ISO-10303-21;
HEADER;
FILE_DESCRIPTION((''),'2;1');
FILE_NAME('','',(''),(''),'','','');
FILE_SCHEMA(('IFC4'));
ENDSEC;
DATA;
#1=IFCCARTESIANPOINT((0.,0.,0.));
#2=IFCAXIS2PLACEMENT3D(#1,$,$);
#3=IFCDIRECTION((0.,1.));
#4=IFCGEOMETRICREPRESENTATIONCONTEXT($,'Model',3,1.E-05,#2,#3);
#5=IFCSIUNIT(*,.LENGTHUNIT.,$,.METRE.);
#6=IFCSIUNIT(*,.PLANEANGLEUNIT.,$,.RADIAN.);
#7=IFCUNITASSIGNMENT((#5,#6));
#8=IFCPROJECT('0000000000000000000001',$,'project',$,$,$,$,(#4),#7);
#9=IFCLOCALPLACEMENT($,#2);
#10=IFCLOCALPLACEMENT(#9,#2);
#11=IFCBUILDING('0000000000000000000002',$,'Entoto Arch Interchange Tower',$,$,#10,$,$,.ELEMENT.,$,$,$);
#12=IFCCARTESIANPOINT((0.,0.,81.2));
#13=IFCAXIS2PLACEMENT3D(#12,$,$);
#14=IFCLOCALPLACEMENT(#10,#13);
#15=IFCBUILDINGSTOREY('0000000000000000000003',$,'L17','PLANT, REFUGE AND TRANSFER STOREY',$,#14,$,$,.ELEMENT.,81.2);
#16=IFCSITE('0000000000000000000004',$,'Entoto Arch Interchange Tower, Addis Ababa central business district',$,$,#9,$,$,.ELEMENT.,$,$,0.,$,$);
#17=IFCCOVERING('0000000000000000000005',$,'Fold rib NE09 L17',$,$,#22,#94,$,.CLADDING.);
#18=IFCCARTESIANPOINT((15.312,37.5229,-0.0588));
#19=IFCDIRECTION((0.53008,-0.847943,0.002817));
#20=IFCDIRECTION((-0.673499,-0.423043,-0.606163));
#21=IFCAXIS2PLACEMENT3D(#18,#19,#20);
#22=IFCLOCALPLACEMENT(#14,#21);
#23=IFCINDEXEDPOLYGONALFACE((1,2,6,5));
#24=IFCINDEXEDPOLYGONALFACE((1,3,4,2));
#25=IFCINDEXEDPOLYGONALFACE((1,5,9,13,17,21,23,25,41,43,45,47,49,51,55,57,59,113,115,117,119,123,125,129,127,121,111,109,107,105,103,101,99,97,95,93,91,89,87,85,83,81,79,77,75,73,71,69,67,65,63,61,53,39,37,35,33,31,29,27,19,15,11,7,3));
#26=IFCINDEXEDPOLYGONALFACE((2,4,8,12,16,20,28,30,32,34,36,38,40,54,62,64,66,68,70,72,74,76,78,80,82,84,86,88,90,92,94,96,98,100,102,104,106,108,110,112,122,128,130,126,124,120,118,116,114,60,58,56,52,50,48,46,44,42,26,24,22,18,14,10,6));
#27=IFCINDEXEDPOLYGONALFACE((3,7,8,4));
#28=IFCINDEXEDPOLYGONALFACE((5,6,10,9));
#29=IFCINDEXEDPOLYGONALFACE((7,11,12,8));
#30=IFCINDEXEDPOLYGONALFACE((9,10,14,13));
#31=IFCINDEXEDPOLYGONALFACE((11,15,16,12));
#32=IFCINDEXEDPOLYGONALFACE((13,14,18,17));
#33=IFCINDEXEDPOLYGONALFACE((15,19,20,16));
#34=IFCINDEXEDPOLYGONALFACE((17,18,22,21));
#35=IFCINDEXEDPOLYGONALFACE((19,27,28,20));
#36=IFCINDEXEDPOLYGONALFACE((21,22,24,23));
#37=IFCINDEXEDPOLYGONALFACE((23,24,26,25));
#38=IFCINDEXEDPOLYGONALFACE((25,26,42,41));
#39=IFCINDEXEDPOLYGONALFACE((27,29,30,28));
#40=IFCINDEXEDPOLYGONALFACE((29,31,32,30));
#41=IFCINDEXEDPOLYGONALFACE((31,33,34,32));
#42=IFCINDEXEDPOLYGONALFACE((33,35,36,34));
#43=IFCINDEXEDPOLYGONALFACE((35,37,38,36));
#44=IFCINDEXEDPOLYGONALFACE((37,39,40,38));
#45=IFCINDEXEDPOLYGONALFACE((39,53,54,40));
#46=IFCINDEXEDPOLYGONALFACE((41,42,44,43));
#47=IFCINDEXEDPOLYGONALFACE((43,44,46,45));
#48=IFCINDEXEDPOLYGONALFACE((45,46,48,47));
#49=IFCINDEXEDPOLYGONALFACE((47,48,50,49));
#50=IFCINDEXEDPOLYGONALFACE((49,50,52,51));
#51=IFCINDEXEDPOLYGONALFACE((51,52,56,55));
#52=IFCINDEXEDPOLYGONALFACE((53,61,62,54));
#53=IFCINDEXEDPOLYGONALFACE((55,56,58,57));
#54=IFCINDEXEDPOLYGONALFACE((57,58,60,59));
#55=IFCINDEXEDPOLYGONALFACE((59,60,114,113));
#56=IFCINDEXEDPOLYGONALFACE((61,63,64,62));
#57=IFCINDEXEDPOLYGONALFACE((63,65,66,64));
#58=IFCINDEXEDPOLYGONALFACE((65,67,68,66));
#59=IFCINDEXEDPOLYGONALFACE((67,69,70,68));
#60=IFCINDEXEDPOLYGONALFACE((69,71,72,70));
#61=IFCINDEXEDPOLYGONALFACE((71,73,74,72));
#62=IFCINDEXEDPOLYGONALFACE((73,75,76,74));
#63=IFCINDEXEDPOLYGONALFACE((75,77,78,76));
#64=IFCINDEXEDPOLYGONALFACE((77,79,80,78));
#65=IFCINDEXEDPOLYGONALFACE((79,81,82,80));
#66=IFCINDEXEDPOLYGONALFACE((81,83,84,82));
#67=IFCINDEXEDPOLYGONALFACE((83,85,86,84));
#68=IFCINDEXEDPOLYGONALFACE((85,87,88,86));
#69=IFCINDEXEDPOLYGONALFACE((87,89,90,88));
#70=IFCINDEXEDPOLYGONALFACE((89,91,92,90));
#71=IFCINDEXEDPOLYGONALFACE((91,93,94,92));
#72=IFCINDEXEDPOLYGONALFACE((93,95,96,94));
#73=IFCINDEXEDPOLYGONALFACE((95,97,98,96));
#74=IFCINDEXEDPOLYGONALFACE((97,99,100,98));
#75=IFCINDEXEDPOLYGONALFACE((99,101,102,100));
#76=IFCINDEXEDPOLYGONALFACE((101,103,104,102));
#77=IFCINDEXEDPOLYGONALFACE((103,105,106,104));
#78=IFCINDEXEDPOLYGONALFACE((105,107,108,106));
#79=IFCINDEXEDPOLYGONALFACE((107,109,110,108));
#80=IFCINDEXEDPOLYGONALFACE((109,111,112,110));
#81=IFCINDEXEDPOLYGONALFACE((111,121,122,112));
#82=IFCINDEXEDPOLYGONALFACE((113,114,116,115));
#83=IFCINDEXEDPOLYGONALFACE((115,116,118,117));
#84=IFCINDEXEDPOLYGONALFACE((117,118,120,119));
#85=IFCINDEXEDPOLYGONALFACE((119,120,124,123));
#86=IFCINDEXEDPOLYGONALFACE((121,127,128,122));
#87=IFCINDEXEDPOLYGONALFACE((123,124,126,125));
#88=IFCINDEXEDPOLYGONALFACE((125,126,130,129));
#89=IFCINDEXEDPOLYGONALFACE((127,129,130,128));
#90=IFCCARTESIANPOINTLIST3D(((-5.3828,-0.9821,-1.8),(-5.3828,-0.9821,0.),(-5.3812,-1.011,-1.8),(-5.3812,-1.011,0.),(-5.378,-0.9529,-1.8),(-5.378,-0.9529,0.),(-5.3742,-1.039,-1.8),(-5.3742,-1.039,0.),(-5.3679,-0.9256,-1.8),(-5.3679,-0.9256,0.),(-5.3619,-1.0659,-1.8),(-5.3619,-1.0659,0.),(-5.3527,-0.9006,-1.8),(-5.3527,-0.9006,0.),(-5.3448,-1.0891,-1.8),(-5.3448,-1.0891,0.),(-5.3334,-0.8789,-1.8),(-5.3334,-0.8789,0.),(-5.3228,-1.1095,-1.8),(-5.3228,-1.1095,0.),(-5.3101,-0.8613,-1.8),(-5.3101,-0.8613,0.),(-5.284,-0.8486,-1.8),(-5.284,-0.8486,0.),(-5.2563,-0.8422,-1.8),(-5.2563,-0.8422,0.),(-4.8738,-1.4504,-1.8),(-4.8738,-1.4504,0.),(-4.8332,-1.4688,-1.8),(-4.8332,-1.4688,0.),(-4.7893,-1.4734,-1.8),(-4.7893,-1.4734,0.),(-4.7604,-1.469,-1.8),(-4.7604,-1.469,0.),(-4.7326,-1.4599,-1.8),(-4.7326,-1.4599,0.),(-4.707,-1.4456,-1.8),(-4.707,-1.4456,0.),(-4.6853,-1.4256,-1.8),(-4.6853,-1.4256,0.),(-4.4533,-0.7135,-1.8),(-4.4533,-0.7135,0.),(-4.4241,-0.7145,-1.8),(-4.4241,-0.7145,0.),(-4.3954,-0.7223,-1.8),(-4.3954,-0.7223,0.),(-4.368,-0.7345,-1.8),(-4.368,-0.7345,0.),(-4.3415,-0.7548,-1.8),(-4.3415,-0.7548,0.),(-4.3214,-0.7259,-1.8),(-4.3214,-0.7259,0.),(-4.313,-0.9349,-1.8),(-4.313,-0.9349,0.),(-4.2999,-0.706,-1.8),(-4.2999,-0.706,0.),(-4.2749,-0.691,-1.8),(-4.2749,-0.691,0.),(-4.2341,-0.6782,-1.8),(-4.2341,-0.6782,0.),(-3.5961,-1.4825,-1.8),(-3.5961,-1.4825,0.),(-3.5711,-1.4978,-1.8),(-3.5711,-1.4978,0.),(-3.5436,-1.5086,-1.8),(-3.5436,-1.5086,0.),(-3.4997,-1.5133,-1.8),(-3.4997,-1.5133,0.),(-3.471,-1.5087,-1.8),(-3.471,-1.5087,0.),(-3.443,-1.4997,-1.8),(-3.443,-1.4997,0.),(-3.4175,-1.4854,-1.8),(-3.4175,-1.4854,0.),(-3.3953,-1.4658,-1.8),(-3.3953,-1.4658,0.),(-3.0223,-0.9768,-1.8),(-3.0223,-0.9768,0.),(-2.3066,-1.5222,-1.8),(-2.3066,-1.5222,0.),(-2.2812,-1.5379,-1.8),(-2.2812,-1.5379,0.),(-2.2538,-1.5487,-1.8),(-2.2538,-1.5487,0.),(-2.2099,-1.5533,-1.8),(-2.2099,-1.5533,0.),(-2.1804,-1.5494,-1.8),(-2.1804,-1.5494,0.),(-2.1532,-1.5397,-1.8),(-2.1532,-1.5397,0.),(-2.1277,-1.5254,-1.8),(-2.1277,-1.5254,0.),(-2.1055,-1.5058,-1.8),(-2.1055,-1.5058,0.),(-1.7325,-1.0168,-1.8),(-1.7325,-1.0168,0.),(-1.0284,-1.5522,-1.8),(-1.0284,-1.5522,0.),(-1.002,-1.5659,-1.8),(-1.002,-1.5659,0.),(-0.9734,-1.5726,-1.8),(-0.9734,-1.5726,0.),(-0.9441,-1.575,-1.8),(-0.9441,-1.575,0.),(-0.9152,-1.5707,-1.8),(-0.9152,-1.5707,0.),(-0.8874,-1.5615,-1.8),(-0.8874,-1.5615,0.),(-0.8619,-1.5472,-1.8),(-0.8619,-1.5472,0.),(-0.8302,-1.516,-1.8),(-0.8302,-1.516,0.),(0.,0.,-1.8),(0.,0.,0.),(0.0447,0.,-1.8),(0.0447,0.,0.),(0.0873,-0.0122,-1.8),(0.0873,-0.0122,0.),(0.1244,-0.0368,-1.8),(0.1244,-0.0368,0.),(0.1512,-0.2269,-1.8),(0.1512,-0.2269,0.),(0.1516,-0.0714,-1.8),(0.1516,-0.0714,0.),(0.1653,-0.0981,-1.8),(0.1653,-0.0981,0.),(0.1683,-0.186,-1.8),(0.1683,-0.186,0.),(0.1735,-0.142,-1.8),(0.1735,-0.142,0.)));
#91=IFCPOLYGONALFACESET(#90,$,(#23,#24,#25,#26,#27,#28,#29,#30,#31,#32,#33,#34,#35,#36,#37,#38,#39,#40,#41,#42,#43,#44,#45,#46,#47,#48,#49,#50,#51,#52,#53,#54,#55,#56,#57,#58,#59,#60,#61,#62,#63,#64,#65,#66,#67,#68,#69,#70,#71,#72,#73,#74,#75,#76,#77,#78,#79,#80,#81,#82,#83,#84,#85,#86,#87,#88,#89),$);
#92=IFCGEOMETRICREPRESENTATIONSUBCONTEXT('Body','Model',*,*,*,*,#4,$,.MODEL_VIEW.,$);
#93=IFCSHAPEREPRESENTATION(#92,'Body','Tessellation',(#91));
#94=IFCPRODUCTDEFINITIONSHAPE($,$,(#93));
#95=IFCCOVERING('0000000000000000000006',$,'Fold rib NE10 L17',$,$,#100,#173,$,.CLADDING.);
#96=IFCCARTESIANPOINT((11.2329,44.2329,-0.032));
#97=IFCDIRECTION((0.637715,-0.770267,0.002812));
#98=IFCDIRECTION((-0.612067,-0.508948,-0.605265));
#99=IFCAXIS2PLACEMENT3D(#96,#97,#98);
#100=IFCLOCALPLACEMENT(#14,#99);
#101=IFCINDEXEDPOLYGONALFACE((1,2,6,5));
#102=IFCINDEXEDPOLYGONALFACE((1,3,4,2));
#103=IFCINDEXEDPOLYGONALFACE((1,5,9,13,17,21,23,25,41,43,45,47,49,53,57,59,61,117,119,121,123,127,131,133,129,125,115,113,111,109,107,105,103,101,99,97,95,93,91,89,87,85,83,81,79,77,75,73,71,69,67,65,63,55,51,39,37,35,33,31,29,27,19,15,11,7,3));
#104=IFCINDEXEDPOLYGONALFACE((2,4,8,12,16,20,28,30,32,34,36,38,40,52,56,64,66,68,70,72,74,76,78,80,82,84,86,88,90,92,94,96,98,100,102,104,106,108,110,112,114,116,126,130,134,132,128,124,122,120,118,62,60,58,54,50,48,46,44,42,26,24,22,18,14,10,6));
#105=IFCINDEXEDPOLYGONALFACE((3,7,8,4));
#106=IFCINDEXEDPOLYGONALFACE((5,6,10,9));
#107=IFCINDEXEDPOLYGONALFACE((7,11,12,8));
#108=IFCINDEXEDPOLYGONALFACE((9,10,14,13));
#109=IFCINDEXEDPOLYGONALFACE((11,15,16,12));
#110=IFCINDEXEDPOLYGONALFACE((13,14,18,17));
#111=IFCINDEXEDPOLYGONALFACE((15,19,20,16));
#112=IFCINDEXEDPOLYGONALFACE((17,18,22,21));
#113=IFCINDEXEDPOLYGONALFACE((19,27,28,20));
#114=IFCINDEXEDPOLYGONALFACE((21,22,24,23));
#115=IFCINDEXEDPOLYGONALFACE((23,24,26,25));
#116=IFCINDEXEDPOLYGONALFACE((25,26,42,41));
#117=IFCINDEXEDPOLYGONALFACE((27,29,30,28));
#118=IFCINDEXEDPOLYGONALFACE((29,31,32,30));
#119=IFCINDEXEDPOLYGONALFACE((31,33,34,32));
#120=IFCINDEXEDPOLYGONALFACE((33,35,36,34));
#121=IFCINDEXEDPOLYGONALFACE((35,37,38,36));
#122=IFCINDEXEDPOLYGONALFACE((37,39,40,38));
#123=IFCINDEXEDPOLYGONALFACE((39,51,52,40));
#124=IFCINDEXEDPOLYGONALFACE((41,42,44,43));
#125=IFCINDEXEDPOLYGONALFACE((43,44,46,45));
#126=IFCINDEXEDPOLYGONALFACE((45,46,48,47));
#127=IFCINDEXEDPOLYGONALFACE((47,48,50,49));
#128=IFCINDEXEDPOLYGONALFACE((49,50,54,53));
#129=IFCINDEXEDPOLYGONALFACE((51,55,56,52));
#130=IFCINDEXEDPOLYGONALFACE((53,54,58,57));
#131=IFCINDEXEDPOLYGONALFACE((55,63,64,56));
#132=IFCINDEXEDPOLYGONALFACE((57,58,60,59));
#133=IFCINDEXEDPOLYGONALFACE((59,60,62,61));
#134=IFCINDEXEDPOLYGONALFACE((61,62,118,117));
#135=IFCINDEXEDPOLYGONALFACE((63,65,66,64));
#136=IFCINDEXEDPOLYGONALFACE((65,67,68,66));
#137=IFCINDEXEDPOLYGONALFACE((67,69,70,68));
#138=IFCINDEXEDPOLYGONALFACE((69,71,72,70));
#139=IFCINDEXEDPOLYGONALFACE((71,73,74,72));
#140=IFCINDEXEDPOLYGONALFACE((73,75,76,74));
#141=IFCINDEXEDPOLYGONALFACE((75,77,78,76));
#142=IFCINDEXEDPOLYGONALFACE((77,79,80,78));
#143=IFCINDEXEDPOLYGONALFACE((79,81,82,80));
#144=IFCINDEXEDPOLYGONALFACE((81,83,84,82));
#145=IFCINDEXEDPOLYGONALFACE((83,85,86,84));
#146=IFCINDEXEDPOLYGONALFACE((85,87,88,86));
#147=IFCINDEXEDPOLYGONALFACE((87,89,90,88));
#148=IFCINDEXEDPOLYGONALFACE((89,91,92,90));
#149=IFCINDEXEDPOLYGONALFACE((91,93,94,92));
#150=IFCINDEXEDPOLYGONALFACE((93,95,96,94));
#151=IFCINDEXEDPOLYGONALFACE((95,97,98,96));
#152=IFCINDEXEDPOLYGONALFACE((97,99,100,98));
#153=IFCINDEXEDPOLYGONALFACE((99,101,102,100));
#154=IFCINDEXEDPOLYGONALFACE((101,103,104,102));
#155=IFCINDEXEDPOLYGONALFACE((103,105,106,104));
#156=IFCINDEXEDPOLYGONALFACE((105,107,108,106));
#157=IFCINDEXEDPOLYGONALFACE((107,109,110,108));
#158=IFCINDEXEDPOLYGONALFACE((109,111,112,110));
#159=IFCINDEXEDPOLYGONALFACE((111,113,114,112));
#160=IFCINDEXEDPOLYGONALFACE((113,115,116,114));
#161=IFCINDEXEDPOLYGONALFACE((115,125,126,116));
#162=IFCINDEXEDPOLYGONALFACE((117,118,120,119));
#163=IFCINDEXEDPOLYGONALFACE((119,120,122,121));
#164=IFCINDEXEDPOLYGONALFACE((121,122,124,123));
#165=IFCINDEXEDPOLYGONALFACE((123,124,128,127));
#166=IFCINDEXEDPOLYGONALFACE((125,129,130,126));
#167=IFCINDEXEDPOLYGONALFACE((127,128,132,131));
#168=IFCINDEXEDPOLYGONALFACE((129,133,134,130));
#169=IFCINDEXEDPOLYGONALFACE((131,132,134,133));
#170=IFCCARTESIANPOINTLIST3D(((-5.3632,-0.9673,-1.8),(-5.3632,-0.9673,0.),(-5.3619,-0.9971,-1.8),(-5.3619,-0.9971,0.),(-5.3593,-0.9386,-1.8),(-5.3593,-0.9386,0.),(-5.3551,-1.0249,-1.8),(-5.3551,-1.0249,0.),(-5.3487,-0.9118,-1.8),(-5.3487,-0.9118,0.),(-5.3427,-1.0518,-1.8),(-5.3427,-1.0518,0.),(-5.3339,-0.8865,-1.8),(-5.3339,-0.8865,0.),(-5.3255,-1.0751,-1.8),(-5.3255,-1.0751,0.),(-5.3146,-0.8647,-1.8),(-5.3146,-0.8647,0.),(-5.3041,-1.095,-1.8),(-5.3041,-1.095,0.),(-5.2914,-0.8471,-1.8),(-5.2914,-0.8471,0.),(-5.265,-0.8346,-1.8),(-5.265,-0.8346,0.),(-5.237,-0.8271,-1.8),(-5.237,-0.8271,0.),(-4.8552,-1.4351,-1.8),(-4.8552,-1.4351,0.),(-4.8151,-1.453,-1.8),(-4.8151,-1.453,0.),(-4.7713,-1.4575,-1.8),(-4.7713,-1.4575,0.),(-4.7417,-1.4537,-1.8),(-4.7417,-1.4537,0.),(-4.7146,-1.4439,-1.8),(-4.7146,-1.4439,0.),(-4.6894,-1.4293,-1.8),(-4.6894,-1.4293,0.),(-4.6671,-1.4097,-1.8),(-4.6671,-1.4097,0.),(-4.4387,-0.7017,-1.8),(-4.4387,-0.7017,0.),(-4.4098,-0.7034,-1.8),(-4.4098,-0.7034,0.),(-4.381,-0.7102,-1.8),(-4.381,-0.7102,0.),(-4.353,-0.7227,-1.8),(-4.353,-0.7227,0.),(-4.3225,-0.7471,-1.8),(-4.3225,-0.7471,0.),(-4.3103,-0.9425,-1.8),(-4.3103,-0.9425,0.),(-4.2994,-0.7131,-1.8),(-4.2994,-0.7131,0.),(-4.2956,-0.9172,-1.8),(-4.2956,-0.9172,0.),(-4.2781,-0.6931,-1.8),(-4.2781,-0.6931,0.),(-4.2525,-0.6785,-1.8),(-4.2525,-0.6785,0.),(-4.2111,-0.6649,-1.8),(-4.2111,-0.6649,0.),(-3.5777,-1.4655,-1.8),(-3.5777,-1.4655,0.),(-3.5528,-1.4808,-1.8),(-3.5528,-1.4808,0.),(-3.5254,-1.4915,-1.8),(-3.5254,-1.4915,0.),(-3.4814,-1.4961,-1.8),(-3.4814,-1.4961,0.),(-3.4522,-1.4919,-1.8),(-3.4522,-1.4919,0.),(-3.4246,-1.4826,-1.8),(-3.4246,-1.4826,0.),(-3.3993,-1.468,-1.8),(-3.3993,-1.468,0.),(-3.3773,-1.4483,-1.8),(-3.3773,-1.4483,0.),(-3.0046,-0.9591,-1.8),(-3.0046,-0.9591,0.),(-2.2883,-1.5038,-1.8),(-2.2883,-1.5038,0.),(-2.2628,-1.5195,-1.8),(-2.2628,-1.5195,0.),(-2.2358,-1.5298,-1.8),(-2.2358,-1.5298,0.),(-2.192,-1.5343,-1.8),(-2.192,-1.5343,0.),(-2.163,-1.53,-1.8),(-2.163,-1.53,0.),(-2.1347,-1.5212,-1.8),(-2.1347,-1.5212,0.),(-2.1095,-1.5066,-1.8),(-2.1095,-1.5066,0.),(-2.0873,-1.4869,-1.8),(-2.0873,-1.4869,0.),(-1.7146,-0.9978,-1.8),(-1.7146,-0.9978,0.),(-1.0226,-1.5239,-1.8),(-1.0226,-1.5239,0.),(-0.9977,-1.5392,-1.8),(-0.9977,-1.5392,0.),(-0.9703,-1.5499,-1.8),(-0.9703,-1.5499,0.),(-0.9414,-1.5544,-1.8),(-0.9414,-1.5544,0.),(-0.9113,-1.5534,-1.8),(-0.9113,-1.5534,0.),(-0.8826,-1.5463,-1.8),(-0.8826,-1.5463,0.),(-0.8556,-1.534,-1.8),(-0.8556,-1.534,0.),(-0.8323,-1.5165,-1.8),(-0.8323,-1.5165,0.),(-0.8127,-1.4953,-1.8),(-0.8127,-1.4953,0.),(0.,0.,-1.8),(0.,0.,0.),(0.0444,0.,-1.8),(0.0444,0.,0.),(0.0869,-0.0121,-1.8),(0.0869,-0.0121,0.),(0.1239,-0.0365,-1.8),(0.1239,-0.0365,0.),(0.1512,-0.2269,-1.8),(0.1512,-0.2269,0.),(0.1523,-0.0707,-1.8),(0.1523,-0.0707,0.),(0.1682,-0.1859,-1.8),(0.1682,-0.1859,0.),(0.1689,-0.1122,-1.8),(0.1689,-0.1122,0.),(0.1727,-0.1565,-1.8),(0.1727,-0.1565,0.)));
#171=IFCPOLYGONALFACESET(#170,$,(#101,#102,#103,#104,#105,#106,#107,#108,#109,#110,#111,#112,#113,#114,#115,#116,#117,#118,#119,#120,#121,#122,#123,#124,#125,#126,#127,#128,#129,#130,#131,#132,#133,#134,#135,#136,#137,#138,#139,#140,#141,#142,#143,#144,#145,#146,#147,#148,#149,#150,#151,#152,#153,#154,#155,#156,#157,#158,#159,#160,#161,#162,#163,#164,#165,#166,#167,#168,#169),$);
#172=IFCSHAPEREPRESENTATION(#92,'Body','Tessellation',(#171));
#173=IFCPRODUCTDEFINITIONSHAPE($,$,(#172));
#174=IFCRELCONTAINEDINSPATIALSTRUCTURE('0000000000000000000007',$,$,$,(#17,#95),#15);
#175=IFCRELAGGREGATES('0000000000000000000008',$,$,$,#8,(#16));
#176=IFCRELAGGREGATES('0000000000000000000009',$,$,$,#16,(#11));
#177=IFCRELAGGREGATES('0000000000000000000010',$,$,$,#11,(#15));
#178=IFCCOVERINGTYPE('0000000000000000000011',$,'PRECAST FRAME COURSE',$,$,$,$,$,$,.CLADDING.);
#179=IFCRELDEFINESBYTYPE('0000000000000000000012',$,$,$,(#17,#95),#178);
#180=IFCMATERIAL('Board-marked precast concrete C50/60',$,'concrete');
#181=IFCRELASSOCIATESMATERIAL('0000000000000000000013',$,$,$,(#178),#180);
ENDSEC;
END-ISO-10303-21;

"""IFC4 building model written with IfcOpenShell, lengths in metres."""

from ifc_helpers import new_model, si_unit, direction, frame, origin, place, context, subcontext, project, spatial, polyline, outline, extrude, material, type_object, element, save


model = new_model("IFC4")

# Units and contexts
model_context = context("Model", 3, precision=1e-05, world=origin(), true_north=direction((0.0, 1.0)))
body_context = subcontext(model_context, "Body", "Model", "MODEL_VIEW")
ifc_project = project(units=[si_unit("LENGTHUNIT", "METRE"), si_unit("PLANEANGLEUNIT", "RADIAN")], contexts=[model_context])

# Site, building, storey
site_placement = place(None, origin())
site = spatial("IfcSite", under=ifc_project, at=site_placement, Name="Entoto Arch Interchange Tower, Addis Ababa central business district", CompositionType="ELEMENT", RefElevation=0.0)
building_placement = place(site_placement, origin())
building = spatial("IfcBuilding", under=site, at=building_placement, Name="Entoto Arch Interchange Tower", CompositionType="ELEMENT")
storey_placement = place(building_placement, frame((0.0, 0.0, 81.2)))
storey = spatial("IfcBuildingStorey", under=building, at=storey_placement, Name="L17", Description="PLANT, REFUGE AND TRANSFER STOREY", CompositionType="ELEMENT", Elevation=81.2)

# Shared definitions
ifc_material_1 = material(Name="Board-marked precast concrete C50/60", Category="concrete")

# Coverings
covering_type = type_object("IfcCoveringType", Name="PRECAST FRAME COURSE", PredefinedType="CLADDING", material=ifc_material_1)
covering_1_placement = place(storey_placement, frame((15.312, 37.5229, -0.0588), z_axis=(0.53008, -0.847943, 0.002817), x_axis=(-0.673499, -0.423043, -0.606163)))
element("IfcCovering", 1, at=covering_1_placement, inside=storey, type_object=covering_type, Name="Fold rib NE09 L17", PredefinedType="CLADDING", context=body_context, shape_type="SweptSolid", body=[
    extrude(outline(polyline([(0.0, 0.0), (0.0447, 0.0), (0.0873, -0.0122), (0.1244, -0.0368), (0.1516, -0.0714), (0.1653, -0.0981), (0.1735, -0.142), (0.1683, -0.186), (0.1512, -0.2269), (-0.8302, -1.516), (-0.8619, -1.5472), (-0.8874, -1.5615), (-0.9152, -1.5707), (-0.9441, -1.575), (-0.9734, -1.5726), (-1.002, -1.5659), (-1.0284, -1.5522), (-1.7325, -1.0168), (-2.1055, -1.5058), (-2.1277, -1.5254), (-2.1532, -1.5397), (-2.1804, -1.5494), (-2.2099, -1.5533), (-2.2538, -1.5487), (-2.2812, -1.5379), (-2.3066, -1.5222), (-3.0223, -0.9768), (-3.3953, -1.4658), (-3.4175, -1.4854), (-3.443, -1.4997), (-3.471, -1.5087), (-3.4997, -1.5133), (-3.5436, -1.5086), (-3.5711, -1.4978), (-3.5961, -1.4825), (-4.313, -0.9349), (-4.6853, -1.4256), (-4.707, -1.4456), (-4.7326, -1.4599), (-4.7604, -1.469), (-4.7893, -1.4734), (-4.8332, -1.4688), (-4.8738, -1.4504), (-5.3228, -1.1095), (-5.3448, -1.0891), (-5.3619, -1.0659), (-5.3742, -1.039), (-5.3812, -1.011), (-5.3828, -0.9821), (-5.378, -0.9529), (-5.3679, -0.9256), (-5.3527, -0.9006), (-5.3334, -0.8789), (-5.3101, -0.8613), (-5.284, -0.8486), (-5.2563, -0.8422), (-4.4533, -0.7135), (-4.4241, -0.7145), (-4.3954, -0.7223), (-4.368, -0.7345), (-4.3415, -0.7548), (-4.3214, -0.7259), (-4.2999, -0.706), (-4.2749, -0.691), (-4.2341, -0.6782), (0.0, 0.0)])), origin(), (0.0, 0.0, -1.0), 1.8),
])
covering_2_placement = place(storey_placement, frame((11.2329, 44.2329, -0.032), z_axis=(0.637715, -0.770267, 0.002812), x_axis=(-0.612067, -0.508948, -0.605265)))
element("IfcCovering", 2, at=covering_2_placement, inside=storey, type_object=covering_type, Name="Fold rib NE10 L17", PredefinedType="CLADDING", context=body_context, shape_type="SweptSolid", body=[
    extrude(outline(polyline([(0.0, 0.0), (0.0444, 0.0), (0.0869, -0.0121), (0.1239, -0.0365), (0.1523, -0.0707), (0.1689, -0.1122), (0.1727, -0.1565), (0.1682, -0.1859), (0.1512, -0.2269), (-0.8127, -1.4953), (-0.8323, -1.5165), (-0.8556, -1.534), (-0.8826, -1.5463), (-0.9113, -1.5534), (-0.9414, -1.5544), (-0.9703, -1.5499), (-0.9977, -1.5392), (-1.0226, -1.5239), (-1.7146, -0.9978), (-2.0873, -1.4869), (-2.1095, -1.5066), (-2.1347, -1.5212), (-2.163, -1.53), (-2.192, -1.5343), (-2.2358, -1.5298), (-2.2628, -1.5195), (-2.2883, -1.5038), (-3.0046, -0.9591), (-3.3773, -1.4483), (-3.3993, -1.468), (-3.4246, -1.4826), (-3.4522, -1.4919), (-3.4814, -1.4961), (-3.5254, -1.4915), (-3.5528, -1.4808), (-3.5777, -1.4655), (-4.2956, -0.9172), (-4.3103, -0.9425), (-4.6671, -1.4097), (-4.6894, -1.4293), (-4.7146, -1.4439), (-4.7417, -1.4537), (-4.7713, -1.4575), (-4.8151, -1.453), (-4.8552, -1.4351), (-5.3041, -1.095), (-5.3255, -1.0751), (-5.3427, -1.0518), (-5.3551, -1.0249), (-5.3619, -0.9971), (-5.3632, -0.9673), (-5.3593, -0.9386), (-5.3487, -0.9118), (-5.3339, -0.8865), (-5.3146, -0.8647), (-5.2914, -0.8471), (-5.265, -0.8346), (-5.237, -0.8271), (-4.4387, -0.7017), (-4.4098, -0.7034), (-4.381, -0.7102), (-4.353, -0.7227), (-4.3225, -0.7471), (-4.2994, -0.7131), (-4.2781, -0.6931), (-4.2525, -0.6785), (-4.2111, -0.6649), (0.0, 0.0)])), origin(), (0.0, 0.0, -1.0), 1.8),
])

save(model, "model.ifc")
